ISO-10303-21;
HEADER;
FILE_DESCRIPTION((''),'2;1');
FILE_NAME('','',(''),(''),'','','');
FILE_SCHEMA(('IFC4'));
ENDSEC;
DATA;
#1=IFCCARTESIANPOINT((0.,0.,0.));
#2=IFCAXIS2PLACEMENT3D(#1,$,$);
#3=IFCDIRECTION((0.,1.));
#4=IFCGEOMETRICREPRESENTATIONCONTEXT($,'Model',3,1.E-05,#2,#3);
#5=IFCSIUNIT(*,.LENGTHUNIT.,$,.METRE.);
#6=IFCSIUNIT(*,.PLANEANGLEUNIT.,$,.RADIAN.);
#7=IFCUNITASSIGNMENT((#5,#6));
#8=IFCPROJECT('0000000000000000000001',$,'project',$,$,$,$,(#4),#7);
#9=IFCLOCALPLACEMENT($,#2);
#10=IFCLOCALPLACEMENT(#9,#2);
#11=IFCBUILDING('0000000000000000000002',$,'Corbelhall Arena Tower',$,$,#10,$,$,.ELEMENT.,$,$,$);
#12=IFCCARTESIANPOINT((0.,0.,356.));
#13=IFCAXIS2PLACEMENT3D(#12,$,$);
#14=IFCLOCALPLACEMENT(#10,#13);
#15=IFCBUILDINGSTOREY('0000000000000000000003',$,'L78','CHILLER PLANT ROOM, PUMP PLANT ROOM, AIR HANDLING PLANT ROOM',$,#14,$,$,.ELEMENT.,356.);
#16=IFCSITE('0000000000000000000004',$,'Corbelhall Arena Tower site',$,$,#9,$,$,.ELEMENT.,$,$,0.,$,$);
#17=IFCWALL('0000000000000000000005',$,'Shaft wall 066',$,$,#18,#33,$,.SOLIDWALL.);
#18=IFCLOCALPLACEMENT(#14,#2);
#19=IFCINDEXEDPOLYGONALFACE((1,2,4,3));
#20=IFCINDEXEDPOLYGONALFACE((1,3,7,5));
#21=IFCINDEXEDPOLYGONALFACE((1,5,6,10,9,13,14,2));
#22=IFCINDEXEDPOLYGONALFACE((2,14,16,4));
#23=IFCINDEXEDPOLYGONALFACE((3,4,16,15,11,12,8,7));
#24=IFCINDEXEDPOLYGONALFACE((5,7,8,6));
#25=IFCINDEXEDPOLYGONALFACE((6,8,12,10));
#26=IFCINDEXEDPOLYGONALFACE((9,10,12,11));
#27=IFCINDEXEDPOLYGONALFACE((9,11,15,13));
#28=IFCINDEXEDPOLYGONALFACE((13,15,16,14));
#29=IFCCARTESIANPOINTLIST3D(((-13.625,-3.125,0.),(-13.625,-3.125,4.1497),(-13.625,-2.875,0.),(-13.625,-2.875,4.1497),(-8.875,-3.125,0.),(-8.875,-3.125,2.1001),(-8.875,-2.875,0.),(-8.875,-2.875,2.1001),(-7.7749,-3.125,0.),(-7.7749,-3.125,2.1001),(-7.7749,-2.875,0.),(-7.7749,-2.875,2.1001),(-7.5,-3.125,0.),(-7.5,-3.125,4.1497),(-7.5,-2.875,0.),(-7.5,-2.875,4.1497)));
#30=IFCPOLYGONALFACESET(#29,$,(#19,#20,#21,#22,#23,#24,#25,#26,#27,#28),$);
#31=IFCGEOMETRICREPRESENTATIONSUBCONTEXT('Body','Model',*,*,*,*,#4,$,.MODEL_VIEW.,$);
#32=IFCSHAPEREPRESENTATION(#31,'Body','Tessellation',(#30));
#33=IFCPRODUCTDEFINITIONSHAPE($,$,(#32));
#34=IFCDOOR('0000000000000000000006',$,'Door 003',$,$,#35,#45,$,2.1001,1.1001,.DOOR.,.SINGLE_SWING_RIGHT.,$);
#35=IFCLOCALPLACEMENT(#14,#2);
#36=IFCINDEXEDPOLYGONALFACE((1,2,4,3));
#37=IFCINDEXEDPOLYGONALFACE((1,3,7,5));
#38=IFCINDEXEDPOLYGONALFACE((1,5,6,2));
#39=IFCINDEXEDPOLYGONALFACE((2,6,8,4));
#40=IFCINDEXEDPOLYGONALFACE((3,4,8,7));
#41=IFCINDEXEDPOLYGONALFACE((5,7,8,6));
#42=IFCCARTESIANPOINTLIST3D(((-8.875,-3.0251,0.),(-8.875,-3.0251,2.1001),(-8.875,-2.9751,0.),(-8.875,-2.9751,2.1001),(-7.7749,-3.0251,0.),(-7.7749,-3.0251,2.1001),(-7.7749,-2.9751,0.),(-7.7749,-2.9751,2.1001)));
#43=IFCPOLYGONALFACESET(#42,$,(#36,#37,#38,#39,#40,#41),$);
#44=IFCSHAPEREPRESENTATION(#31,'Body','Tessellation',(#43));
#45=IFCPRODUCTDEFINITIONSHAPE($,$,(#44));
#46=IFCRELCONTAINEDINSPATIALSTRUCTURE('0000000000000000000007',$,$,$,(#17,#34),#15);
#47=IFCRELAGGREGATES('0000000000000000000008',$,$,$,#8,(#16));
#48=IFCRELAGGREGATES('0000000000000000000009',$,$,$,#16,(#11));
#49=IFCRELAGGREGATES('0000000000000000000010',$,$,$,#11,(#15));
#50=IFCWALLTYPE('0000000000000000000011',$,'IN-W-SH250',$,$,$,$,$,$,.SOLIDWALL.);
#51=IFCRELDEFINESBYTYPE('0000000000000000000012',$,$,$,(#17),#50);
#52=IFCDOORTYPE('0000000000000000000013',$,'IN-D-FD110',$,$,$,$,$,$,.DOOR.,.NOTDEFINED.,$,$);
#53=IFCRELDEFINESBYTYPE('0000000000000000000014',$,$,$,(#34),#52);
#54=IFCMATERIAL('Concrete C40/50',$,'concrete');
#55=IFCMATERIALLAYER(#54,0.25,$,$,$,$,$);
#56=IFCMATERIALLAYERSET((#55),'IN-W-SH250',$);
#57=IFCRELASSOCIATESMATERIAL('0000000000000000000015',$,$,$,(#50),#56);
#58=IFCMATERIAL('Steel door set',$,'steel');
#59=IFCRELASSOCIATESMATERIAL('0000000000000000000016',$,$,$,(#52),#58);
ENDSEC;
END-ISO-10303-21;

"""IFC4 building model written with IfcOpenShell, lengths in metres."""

from ifc_helpers import new_model, si_unit, direction, frame, frame_2d, origin, place, context, subcontext, project, spatial, rectangle, extrude, material, layer, layer_set, type_object, element, fill, save


model = new_model("IFC4")

# Units and contexts
model_context = context("Model", 3, precision=1e-05, world=origin(), true_north=direction((0.0, 1.0)))
body_context = subcontext(model_context, "Body", "Model", "MODEL_VIEW")
ifc_project = project(units=[si_unit("LENGTHUNIT", "METRE"), si_unit("PLANEANGLEUNIT", "RADIAN")], contexts=[model_context])

# Site, building, storey
site_placement = place(None, origin())
site = spatial("IfcSite", under=ifc_project, at=site_placement, Name="Corbelhall Arena Tower site", CompositionType="ELEMENT", RefElevation=0.0)
building_placement = place(site_placement, origin())
building = spatial("IfcBuilding", under=site, at=building_placement, Name="Corbelhall Arena Tower", CompositionType="ELEMENT")
storey_placement = place(building_placement, frame((0.0, 0.0, 356.0)))
storey = spatial("IfcBuildingStorey", under=building, at=storey_placement, Name="L78", Description="CHILLER PLANT ROOM, PUMP PLANT ROOM, AIR HANDLING PLANT ROOM", CompositionType="ELEMENT", Elevation=356.0)

# Shared definitions
ifc_material_1 = material(Name="Concrete C40/50", Category="concrete")
ifc_layer_1 = layer(ifc_material_1, 0.25)
ifc_layer_set_1 = layer_set([ifc_layer_1], Name="IN-W-SH250")
wall_type_1 = type_object("IfcWallType", Name="IN-W-SH250", PredefinedType="SOLIDWALL", material=ifc_layer_set_1)

# Wall, opening, door
wall_1_placement = place(storey_placement, frame((-13.625, -3.0, 0.0), z_axis=(0.0, 0.0, 1.0), x_axis=(1.0, 0.0, 0.0)))
wall_1 = element("IfcWall", 1, at=wall_1_placement, inside=storey, type_object=wall_type_1, Name="Shaft wall 066", PredefinedType="SOLIDWALL", context=body_context, shape_type="SweptSolid", body=[
    extrude(rectangle(XDim=6.125, YDim=0.25, at=frame_2d((3.0625, 0.0))), origin(), (0.0, 0.0, 1.0), 4.1497),
])
opening_placement = place(wall_1_placement, frame((4.75, 0.0, 0.0)))
opening = element("IfcOpeningElement", 2, at=opening_placement, cuts=wall_1, PredefinedType="OPENING", context=body_context, shape_type="SweptSolid", body=[
    extrude(rectangle(XDim=1.1001, YDim=2.1001, at=frame_2d((0.55, 1.05))), frame((0.0, 0.125, 0.0), z_axis=(0.0, -1.0, 0.0), x_axis=(1.0, 0.0, 0.0)), (0.0, 0.0, 1.0), 0.25),
])
ifc_material_2 = material(Name="Steel door set", Category="steel")
door_type = type_object("IfcDoorType", Name="IN-D-FD110", OperationType="NOTDEFINED", PredefinedType="DOOR", material=ifc_material_2)
door_placement = place(opening_placement, origin())
door = element("IfcDoor", 3, at=door_placement, inside=storey, type_object=door_type, Name="Door 003", OperationType="SINGLE_SWING_RIGHT", OverallHeight=2.1001, OverallWidth=1.1001, PredefinedType="DOOR", context=body_context, shape_type="SweptSolid", body=[
    extrude(rectangle(XDim=1.1001, YDim=2.1001, at=frame_2d((0.55, 1.05))), frame((0.0, 0.0249, 0.0), z_axis=(0.0, -1.0, 0.0), x_axis=(1.0, 0.0, 0.0)), (0.0, 0.0, 1.0), 0.05),
])
fill(opening, door)

save(model, "model.ifc")
